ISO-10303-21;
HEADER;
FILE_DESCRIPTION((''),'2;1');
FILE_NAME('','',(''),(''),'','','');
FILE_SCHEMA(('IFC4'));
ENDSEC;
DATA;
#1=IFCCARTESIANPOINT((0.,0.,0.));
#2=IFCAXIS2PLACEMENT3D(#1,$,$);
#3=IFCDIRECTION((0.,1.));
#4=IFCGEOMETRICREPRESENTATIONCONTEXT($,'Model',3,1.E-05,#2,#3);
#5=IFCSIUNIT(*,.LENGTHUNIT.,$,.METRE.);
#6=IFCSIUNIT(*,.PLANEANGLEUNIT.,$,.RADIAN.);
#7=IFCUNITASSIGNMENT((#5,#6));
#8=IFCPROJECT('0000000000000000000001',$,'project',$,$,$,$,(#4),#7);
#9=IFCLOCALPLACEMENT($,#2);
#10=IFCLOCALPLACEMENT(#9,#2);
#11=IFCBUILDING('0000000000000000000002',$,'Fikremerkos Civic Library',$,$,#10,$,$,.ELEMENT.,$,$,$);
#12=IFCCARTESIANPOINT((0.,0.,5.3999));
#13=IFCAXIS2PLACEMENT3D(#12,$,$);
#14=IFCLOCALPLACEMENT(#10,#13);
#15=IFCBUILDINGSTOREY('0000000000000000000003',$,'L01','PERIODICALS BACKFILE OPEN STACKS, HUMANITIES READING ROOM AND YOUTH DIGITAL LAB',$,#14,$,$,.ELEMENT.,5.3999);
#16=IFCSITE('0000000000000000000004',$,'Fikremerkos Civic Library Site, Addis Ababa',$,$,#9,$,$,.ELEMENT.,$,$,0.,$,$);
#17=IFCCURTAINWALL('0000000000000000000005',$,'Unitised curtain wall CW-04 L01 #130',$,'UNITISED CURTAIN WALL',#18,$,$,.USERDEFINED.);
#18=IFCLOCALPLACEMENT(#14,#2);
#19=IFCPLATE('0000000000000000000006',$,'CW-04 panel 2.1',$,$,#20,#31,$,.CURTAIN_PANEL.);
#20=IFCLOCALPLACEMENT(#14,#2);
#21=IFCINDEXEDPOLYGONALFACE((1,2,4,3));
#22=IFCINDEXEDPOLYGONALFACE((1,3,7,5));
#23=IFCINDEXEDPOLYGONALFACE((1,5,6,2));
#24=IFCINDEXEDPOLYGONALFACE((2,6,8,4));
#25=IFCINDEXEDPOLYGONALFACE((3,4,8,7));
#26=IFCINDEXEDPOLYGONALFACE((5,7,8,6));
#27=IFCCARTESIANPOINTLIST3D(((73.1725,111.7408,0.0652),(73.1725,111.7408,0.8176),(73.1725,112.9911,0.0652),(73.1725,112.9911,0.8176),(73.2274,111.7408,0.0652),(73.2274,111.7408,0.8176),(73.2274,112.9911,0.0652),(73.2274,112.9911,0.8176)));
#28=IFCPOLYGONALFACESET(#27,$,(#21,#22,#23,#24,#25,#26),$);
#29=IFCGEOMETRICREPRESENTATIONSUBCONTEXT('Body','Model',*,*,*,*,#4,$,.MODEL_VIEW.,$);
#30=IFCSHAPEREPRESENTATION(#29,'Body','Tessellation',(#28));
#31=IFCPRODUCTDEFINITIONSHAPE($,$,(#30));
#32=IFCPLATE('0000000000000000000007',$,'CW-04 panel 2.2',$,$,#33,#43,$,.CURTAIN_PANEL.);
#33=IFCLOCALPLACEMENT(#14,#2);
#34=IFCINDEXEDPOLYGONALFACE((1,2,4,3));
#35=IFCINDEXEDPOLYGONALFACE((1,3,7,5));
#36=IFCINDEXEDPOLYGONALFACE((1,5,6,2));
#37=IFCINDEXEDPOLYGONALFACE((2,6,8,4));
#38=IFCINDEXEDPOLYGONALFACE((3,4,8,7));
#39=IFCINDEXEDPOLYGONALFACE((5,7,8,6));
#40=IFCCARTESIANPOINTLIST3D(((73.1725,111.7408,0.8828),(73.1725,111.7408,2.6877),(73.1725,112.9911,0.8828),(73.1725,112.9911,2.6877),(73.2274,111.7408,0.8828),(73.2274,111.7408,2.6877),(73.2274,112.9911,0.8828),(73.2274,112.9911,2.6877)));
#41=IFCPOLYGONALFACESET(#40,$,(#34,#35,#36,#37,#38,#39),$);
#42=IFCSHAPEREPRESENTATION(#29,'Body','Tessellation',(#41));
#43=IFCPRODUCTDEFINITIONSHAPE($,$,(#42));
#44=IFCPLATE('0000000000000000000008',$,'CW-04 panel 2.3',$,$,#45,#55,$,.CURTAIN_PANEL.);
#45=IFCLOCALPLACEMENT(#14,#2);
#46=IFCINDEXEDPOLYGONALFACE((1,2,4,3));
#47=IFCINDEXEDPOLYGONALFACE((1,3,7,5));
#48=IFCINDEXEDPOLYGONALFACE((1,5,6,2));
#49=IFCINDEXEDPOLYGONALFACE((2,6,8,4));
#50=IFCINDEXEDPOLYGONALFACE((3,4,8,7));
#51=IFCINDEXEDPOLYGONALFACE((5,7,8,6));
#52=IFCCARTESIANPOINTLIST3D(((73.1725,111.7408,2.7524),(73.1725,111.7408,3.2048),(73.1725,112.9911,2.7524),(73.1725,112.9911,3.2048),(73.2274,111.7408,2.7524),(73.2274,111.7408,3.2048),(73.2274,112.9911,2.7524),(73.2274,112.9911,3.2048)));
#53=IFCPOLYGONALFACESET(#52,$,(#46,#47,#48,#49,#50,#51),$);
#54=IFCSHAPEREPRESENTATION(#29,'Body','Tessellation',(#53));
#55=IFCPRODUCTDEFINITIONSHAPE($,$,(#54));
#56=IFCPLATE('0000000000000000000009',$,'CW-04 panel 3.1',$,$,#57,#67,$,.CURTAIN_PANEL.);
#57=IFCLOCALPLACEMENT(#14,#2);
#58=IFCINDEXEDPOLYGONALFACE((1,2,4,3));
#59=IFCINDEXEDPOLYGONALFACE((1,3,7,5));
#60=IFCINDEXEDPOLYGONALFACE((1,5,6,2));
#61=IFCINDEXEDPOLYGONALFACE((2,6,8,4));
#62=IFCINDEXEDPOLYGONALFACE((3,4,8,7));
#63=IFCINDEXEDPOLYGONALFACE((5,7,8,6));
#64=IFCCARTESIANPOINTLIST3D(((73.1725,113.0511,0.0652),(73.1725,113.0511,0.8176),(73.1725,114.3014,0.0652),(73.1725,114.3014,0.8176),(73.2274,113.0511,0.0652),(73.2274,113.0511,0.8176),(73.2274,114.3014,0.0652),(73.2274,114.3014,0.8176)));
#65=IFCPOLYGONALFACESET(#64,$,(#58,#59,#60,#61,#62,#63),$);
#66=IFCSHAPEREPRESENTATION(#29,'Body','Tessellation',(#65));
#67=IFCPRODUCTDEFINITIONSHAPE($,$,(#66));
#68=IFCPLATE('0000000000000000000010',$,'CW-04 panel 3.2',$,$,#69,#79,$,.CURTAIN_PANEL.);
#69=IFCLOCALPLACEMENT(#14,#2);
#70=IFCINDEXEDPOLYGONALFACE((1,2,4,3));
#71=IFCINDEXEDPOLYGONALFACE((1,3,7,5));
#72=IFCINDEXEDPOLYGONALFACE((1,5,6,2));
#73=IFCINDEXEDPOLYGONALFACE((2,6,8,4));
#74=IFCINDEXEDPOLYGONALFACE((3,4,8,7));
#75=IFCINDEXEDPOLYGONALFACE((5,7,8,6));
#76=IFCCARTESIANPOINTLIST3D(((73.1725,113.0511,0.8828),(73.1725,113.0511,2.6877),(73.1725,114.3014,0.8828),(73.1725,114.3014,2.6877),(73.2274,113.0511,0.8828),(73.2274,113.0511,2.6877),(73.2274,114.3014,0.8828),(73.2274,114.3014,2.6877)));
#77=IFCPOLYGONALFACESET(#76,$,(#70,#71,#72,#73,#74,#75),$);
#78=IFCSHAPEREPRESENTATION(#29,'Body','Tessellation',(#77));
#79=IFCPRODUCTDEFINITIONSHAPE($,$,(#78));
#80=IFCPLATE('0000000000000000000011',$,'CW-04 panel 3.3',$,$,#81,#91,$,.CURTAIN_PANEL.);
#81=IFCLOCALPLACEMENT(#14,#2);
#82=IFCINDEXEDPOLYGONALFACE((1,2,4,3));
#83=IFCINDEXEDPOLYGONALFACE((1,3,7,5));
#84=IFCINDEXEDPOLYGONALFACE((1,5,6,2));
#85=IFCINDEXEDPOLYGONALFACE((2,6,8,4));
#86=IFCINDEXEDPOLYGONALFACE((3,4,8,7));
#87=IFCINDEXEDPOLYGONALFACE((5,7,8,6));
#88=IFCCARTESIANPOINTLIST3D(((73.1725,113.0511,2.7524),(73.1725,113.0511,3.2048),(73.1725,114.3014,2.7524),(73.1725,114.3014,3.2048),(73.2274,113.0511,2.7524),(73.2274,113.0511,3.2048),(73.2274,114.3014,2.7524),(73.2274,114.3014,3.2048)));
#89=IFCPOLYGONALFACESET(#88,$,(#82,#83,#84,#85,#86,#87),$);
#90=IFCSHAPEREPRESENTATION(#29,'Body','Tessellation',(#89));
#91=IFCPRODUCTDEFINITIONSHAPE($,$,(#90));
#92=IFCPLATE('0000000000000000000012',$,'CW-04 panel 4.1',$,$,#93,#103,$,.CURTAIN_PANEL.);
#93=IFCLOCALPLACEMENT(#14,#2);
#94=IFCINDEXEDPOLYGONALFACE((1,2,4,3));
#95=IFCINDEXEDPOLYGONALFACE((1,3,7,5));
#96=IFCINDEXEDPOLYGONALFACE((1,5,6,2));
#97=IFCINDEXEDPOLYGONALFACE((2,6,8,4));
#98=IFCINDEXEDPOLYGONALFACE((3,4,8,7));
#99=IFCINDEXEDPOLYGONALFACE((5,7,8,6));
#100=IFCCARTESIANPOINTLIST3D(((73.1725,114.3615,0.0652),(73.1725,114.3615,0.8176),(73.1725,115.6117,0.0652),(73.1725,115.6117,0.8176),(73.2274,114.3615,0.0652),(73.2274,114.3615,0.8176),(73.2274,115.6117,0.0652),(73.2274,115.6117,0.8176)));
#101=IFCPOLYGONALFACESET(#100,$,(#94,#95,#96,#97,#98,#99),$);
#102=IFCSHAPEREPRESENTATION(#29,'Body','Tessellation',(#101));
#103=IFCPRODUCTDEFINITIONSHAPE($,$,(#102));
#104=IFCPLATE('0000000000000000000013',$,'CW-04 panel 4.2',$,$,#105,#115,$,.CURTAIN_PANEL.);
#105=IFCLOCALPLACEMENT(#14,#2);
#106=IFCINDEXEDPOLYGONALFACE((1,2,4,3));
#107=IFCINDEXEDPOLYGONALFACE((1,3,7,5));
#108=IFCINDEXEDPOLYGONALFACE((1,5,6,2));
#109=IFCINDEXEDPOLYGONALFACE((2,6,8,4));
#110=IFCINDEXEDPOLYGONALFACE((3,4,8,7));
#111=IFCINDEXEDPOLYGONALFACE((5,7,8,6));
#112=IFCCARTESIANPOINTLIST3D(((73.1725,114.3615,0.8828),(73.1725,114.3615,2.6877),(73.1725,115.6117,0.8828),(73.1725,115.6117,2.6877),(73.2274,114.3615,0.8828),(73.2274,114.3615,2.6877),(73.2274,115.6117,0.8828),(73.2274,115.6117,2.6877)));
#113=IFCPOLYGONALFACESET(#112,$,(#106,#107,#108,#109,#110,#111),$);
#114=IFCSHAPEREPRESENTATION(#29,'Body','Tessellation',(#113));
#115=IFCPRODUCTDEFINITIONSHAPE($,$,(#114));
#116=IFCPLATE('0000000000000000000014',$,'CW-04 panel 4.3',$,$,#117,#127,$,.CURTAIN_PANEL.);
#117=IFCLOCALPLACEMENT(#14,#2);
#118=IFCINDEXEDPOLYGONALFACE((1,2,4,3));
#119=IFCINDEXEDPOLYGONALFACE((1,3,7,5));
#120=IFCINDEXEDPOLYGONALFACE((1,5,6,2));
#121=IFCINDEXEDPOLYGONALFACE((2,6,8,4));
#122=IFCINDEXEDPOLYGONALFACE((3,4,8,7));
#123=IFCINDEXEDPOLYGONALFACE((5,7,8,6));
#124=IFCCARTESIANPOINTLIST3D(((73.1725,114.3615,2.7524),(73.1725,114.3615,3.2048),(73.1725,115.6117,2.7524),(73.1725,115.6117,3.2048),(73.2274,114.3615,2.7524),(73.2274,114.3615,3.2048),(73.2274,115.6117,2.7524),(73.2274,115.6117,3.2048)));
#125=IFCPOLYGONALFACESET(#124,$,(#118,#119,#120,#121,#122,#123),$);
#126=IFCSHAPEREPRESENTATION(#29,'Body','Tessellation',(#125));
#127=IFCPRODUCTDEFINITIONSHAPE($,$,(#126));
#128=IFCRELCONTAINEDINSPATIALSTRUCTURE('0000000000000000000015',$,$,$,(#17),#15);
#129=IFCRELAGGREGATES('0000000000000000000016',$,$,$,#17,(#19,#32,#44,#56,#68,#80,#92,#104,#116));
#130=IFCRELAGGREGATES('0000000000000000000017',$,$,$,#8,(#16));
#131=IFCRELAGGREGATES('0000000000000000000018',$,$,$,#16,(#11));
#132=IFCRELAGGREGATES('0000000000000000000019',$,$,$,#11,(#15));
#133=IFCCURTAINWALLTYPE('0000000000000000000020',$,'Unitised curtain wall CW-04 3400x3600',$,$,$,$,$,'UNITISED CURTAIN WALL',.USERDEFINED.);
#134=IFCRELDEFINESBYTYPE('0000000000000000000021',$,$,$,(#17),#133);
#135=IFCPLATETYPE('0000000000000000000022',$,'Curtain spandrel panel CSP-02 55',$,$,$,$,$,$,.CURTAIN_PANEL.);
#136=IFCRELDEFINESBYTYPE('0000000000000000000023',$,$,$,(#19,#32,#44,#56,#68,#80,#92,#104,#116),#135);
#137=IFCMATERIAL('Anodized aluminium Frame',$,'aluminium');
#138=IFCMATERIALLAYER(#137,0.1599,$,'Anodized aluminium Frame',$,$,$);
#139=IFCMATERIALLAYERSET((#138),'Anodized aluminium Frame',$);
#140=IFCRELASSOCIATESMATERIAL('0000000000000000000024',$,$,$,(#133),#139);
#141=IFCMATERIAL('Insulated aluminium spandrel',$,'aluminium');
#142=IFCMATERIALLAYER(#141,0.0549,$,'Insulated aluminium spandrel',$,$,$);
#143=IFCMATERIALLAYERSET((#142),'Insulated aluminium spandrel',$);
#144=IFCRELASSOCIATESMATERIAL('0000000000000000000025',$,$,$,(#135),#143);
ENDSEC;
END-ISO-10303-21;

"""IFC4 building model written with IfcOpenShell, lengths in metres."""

from ifc_helpers import new_model, si_unit, direction, frame, origin, origin_2d, place, context, subcontext, project, spatial, rectangle, extrude, material, layer, layer_set, type_object, element, aggregate, save


model = new_model("IFC4")

# Units and contexts
model_context = context("Model", 3, precision=1e-05, world=origin(), true_north=direction((0.0, 1.0)))
body_context = subcontext(model_context, "Body", "Model", "MODEL_VIEW")
ifc_project = project(units=[si_unit("LENGTHUNIT", "METRE"), si_unit("PLANEANGLEUNIT", "RADIAN")], contexts=[model_context])

# Site, building, storey
site_placement = place(None, origin())
site = spatial("IfcSite", under=ifc_project, at=site_placement, Name="Fikremerkos Civic Library Site, Addis Ababa", CompositionType="ELEMENT", RefElevation=0.0)
building_placement = place(site_placement, origin())
building = spatial("IfcBuilding", under=site, at=building_placement, Name="Fikremerkos Civic Library", CompositionType="ELEMENT")
storey_placement = place(building_placement, frame((0.0, 0.0, 5.3999)))
storey = spatial("IfcBuildingStorey", under=building, at=storey_placement, Name="L01", Description="PERIODICALS BACKFILE OPEN STACKS, HUMANITIES READING ROOM AND YOUTH DIGITAL LAB", CompositionType="ELEMENT", Elevation=5.3999)

# Curtain wall, plates
ifc_material_1 = material(Name="Anodized aluminium Frame", Category="aluminium")
ifc_layer_1 = layer(ifc_material_1, 0.1599, Name="Anodized aluminium Frame")
ifc_layer_set_1 = layer_set([ifc_layer_1], Name="Anodized aluminium Frame")
curtain_wall_type = type_object("IfcCurtainWallType", Name="Unitised curtain wall CW-04 3400x3600", ElementType="UNITISED CURTAIN WALL", PredefinedType="USERDEFINED", material=ifc_layer_set_1)
curtain_wall_placement = place(storey_placement, origin())
curtain_wall = element("IfcCurtainWall", 1, at=curtain_wall_placement, inside=storey, type_object=curtain_wall_type, Name="Unitised curtain wall CW-04 L01 #130", ObjectType="UNITISED CURTAIN WALL", PredefinedType="USERDEFINED")
ifc_material_2 = material(Name="Insulated aluminium spandrel", Category="aluminium")
ifc_layer_2 = layer(ifc_material_2, 0.0549, Name="Insulated aluminium spandrel")
ifc_layer_set_2 = layer_set([ifc_layer_2], Name="Insulated aluminium spandrel")
plate_type = type_object("IfcPlateType", Name="Curtain spandrel panel CSP-02 55", PredefinedType="CURTAIN_PANEL", material=ifc_layer_set_2)
plate_1_placement = place(storey_placement, frame((73.2, 112.366, 0.0652), z_axis=(0.0, 0.0, 1.0), x_axis=(0.0, 1.0, 0.0)))
plate_1 = element("IfcPlate", 2, at=plate_1_placement, type_object=plate_type, Name="CW-04 panel 2.1", PredefinedType="CURTAIN_PANEL", context=body_context, shape_type="SweptSolid", body=[
    extrude(rectangle(XDim=1.2502, YDim=0.0549, at=origin_2d()), origin(), (0.0, 0.0, 1.0), 0.7524),
])
plate_2_placement = place(storey_placement, frame((73.2, 112.366, 0.8828), z_axis=(0.0, 0.0, 1.0), x_axis=(0.0, 1.0, 0.0)))
plate_2 = element("IfcPlate", 3, at=plate_2_placement, type_object=plate_type, Name="CW-04 panel 2.2", PredefinedType="CURTAIN_PANEL", context=body_context, shape_type="SweptSolid", body=[
    extrude(rectangle(XDim=1.2502, YDim=0.0549, at=origin_2d()), origin(), (0.0, 0.0, 1.0), 1.8049),
])
plate_3_placement = place(storey_placement, frame((73.2, 112.366, 2.7524), z_axis=(0.0, 0.0, 1.0), x_axis=(0.0, 1.0, 0.0)))
plate_3 = element("IfcPlate", 4, at=plate_3_placement, type_object=plate_type, Name="CW-04 panel 2.3", PredefinedType="CURTAIN_PANEL", context=body_context, shape_type="SweptSolid", body=[
    extrude(rectangle(XDim=1.2502, YDim=0.0549, at=origin_2d()), origin(), (0.0, 0.0, 1.0), 0.4524),
])
plate_4_placement = place(storey_placement, frame((73.2, 113.6763, 0.0652), z_axis=(0.0, 0.0, 1.0), x_axis=(0.0, 1.0, 0.0)))
plate_4 = element("IfcPlate", 5, at=plate_4_placement, type_object=plate_type, Name="CW-04 panel 3.1", PredefinedType="CURTAIN_PANEL", context=body_context, shape_type="SweptSolid", body=[
    extrude(rectangle(XDim=1.2502, YDim=0.0549, at=origin_2d()), origin(), (0.0, 0.0, 1.0), 0.7524),
])
plate_5_placement = place(storey_placement, frame((73.2, 113.6763, 0.8828), z_axis=(0.0, 0.0, 1.0), x_axis=(0.0, 1.0, 0.0)))
plate_5 = element("IfcPlate", 6, at=plate_5_placement, type_object=plate_type, Name="CW-04 panel 3.2", PredefinedType="CURTAIN_PANEL", context=body_context, shape_type="SweptSolid", body=[
    extrude(rectangle(XDim=1.2502, YDim=0.0549, at=origin_2d()), origin(), (0.0, 0.0, 1.0), 1.8049),
])
plate_6_placement = place(storey_placement, frame((73.2, 113.6763, 2.7524), z_axis=(0.0, 0.0, 1.0), x_axis=(0.0, 1.0, 0.0)))
plate_6 = element("IfcPlate", 7, at=plate_6_placement, type_object=plate_type, Name="CW-04 panel 3.3", PredefinedType="CURTAIN_PANEL", context=body_context, shape_type="SweptSolid", body=[
    extrude(rectangle(XDim=1.2502, YDim=0.0549, at=origin_2d()), origin(), (0.0, 0.0, 1.0), 0.4524),
])
plate_7_placement = place(storey_placement, frame((73.2, 114.9866, 0.0652), z_axis=(0.0, 0.0, 1.0), x_axis=(0.0, 1.0, 0.0)))
plate_7 = element("IfcPlate", 8, at=plate_7_placement, type_object=plate_type, Name="CW-04 panel 4.1", PredefinedType="CURTAIN_PANEL", context=body_context, shape_type="SweptSolid", body=[
    extrude(rectangle(XDim=1.2502, YDim=0.0549, at=origin_2d()), origin(), (0.0, 0.0, 1.0), 0.7524),
])
plate_8_placement = place(storey_placement, frame((73.2, 114.9866, 0.8828), z_axis=(0.0, 0.0, 1.0), x_axis=(0.0, 1.0, 0.0)))
plate_8 = element("IfcPlate", 9, at=plate_8_placement, type_object=plate_type, Name="CW-04 panel 4.2", PredefinedType="CURTAIN_PANEL", context=body_context, shape_type="SweptSolid", body=[
    extrude(rectangle(XDim=1.2502, YDim=0.0549, at=origin_2d()), origin(), (0.0, 0.0, 1.0), 1.8049),
])
plate_9_placement = place(storey_placement, frame((73.2, 114.9866, 2.7524), z_axis=(0.0, 0.0, 1.0), x_axis=(0.0, 1.0, 0.0)))
plate_9 = element("IfcPlate", 10, at=plate_9_placement, type_object=plate_type, Name="CW-04 panel 4.3", PredefinedType="CURTAIN_PANEL", context=body_context, shape_type="SweptSolid", body=[
    extrude(rectangle(XDim=1.2502, YDim=0.0549, at=origin_2d()), origin(), (0.0, 0.0, 1.0), 0.4524),
])
aggregate(curtain_wall, [plate_1, plate_2, plate_3, plate_4, plate_5, plate_6, plate_7, plate_8, plate_9])

save(model, "model.ifc")
